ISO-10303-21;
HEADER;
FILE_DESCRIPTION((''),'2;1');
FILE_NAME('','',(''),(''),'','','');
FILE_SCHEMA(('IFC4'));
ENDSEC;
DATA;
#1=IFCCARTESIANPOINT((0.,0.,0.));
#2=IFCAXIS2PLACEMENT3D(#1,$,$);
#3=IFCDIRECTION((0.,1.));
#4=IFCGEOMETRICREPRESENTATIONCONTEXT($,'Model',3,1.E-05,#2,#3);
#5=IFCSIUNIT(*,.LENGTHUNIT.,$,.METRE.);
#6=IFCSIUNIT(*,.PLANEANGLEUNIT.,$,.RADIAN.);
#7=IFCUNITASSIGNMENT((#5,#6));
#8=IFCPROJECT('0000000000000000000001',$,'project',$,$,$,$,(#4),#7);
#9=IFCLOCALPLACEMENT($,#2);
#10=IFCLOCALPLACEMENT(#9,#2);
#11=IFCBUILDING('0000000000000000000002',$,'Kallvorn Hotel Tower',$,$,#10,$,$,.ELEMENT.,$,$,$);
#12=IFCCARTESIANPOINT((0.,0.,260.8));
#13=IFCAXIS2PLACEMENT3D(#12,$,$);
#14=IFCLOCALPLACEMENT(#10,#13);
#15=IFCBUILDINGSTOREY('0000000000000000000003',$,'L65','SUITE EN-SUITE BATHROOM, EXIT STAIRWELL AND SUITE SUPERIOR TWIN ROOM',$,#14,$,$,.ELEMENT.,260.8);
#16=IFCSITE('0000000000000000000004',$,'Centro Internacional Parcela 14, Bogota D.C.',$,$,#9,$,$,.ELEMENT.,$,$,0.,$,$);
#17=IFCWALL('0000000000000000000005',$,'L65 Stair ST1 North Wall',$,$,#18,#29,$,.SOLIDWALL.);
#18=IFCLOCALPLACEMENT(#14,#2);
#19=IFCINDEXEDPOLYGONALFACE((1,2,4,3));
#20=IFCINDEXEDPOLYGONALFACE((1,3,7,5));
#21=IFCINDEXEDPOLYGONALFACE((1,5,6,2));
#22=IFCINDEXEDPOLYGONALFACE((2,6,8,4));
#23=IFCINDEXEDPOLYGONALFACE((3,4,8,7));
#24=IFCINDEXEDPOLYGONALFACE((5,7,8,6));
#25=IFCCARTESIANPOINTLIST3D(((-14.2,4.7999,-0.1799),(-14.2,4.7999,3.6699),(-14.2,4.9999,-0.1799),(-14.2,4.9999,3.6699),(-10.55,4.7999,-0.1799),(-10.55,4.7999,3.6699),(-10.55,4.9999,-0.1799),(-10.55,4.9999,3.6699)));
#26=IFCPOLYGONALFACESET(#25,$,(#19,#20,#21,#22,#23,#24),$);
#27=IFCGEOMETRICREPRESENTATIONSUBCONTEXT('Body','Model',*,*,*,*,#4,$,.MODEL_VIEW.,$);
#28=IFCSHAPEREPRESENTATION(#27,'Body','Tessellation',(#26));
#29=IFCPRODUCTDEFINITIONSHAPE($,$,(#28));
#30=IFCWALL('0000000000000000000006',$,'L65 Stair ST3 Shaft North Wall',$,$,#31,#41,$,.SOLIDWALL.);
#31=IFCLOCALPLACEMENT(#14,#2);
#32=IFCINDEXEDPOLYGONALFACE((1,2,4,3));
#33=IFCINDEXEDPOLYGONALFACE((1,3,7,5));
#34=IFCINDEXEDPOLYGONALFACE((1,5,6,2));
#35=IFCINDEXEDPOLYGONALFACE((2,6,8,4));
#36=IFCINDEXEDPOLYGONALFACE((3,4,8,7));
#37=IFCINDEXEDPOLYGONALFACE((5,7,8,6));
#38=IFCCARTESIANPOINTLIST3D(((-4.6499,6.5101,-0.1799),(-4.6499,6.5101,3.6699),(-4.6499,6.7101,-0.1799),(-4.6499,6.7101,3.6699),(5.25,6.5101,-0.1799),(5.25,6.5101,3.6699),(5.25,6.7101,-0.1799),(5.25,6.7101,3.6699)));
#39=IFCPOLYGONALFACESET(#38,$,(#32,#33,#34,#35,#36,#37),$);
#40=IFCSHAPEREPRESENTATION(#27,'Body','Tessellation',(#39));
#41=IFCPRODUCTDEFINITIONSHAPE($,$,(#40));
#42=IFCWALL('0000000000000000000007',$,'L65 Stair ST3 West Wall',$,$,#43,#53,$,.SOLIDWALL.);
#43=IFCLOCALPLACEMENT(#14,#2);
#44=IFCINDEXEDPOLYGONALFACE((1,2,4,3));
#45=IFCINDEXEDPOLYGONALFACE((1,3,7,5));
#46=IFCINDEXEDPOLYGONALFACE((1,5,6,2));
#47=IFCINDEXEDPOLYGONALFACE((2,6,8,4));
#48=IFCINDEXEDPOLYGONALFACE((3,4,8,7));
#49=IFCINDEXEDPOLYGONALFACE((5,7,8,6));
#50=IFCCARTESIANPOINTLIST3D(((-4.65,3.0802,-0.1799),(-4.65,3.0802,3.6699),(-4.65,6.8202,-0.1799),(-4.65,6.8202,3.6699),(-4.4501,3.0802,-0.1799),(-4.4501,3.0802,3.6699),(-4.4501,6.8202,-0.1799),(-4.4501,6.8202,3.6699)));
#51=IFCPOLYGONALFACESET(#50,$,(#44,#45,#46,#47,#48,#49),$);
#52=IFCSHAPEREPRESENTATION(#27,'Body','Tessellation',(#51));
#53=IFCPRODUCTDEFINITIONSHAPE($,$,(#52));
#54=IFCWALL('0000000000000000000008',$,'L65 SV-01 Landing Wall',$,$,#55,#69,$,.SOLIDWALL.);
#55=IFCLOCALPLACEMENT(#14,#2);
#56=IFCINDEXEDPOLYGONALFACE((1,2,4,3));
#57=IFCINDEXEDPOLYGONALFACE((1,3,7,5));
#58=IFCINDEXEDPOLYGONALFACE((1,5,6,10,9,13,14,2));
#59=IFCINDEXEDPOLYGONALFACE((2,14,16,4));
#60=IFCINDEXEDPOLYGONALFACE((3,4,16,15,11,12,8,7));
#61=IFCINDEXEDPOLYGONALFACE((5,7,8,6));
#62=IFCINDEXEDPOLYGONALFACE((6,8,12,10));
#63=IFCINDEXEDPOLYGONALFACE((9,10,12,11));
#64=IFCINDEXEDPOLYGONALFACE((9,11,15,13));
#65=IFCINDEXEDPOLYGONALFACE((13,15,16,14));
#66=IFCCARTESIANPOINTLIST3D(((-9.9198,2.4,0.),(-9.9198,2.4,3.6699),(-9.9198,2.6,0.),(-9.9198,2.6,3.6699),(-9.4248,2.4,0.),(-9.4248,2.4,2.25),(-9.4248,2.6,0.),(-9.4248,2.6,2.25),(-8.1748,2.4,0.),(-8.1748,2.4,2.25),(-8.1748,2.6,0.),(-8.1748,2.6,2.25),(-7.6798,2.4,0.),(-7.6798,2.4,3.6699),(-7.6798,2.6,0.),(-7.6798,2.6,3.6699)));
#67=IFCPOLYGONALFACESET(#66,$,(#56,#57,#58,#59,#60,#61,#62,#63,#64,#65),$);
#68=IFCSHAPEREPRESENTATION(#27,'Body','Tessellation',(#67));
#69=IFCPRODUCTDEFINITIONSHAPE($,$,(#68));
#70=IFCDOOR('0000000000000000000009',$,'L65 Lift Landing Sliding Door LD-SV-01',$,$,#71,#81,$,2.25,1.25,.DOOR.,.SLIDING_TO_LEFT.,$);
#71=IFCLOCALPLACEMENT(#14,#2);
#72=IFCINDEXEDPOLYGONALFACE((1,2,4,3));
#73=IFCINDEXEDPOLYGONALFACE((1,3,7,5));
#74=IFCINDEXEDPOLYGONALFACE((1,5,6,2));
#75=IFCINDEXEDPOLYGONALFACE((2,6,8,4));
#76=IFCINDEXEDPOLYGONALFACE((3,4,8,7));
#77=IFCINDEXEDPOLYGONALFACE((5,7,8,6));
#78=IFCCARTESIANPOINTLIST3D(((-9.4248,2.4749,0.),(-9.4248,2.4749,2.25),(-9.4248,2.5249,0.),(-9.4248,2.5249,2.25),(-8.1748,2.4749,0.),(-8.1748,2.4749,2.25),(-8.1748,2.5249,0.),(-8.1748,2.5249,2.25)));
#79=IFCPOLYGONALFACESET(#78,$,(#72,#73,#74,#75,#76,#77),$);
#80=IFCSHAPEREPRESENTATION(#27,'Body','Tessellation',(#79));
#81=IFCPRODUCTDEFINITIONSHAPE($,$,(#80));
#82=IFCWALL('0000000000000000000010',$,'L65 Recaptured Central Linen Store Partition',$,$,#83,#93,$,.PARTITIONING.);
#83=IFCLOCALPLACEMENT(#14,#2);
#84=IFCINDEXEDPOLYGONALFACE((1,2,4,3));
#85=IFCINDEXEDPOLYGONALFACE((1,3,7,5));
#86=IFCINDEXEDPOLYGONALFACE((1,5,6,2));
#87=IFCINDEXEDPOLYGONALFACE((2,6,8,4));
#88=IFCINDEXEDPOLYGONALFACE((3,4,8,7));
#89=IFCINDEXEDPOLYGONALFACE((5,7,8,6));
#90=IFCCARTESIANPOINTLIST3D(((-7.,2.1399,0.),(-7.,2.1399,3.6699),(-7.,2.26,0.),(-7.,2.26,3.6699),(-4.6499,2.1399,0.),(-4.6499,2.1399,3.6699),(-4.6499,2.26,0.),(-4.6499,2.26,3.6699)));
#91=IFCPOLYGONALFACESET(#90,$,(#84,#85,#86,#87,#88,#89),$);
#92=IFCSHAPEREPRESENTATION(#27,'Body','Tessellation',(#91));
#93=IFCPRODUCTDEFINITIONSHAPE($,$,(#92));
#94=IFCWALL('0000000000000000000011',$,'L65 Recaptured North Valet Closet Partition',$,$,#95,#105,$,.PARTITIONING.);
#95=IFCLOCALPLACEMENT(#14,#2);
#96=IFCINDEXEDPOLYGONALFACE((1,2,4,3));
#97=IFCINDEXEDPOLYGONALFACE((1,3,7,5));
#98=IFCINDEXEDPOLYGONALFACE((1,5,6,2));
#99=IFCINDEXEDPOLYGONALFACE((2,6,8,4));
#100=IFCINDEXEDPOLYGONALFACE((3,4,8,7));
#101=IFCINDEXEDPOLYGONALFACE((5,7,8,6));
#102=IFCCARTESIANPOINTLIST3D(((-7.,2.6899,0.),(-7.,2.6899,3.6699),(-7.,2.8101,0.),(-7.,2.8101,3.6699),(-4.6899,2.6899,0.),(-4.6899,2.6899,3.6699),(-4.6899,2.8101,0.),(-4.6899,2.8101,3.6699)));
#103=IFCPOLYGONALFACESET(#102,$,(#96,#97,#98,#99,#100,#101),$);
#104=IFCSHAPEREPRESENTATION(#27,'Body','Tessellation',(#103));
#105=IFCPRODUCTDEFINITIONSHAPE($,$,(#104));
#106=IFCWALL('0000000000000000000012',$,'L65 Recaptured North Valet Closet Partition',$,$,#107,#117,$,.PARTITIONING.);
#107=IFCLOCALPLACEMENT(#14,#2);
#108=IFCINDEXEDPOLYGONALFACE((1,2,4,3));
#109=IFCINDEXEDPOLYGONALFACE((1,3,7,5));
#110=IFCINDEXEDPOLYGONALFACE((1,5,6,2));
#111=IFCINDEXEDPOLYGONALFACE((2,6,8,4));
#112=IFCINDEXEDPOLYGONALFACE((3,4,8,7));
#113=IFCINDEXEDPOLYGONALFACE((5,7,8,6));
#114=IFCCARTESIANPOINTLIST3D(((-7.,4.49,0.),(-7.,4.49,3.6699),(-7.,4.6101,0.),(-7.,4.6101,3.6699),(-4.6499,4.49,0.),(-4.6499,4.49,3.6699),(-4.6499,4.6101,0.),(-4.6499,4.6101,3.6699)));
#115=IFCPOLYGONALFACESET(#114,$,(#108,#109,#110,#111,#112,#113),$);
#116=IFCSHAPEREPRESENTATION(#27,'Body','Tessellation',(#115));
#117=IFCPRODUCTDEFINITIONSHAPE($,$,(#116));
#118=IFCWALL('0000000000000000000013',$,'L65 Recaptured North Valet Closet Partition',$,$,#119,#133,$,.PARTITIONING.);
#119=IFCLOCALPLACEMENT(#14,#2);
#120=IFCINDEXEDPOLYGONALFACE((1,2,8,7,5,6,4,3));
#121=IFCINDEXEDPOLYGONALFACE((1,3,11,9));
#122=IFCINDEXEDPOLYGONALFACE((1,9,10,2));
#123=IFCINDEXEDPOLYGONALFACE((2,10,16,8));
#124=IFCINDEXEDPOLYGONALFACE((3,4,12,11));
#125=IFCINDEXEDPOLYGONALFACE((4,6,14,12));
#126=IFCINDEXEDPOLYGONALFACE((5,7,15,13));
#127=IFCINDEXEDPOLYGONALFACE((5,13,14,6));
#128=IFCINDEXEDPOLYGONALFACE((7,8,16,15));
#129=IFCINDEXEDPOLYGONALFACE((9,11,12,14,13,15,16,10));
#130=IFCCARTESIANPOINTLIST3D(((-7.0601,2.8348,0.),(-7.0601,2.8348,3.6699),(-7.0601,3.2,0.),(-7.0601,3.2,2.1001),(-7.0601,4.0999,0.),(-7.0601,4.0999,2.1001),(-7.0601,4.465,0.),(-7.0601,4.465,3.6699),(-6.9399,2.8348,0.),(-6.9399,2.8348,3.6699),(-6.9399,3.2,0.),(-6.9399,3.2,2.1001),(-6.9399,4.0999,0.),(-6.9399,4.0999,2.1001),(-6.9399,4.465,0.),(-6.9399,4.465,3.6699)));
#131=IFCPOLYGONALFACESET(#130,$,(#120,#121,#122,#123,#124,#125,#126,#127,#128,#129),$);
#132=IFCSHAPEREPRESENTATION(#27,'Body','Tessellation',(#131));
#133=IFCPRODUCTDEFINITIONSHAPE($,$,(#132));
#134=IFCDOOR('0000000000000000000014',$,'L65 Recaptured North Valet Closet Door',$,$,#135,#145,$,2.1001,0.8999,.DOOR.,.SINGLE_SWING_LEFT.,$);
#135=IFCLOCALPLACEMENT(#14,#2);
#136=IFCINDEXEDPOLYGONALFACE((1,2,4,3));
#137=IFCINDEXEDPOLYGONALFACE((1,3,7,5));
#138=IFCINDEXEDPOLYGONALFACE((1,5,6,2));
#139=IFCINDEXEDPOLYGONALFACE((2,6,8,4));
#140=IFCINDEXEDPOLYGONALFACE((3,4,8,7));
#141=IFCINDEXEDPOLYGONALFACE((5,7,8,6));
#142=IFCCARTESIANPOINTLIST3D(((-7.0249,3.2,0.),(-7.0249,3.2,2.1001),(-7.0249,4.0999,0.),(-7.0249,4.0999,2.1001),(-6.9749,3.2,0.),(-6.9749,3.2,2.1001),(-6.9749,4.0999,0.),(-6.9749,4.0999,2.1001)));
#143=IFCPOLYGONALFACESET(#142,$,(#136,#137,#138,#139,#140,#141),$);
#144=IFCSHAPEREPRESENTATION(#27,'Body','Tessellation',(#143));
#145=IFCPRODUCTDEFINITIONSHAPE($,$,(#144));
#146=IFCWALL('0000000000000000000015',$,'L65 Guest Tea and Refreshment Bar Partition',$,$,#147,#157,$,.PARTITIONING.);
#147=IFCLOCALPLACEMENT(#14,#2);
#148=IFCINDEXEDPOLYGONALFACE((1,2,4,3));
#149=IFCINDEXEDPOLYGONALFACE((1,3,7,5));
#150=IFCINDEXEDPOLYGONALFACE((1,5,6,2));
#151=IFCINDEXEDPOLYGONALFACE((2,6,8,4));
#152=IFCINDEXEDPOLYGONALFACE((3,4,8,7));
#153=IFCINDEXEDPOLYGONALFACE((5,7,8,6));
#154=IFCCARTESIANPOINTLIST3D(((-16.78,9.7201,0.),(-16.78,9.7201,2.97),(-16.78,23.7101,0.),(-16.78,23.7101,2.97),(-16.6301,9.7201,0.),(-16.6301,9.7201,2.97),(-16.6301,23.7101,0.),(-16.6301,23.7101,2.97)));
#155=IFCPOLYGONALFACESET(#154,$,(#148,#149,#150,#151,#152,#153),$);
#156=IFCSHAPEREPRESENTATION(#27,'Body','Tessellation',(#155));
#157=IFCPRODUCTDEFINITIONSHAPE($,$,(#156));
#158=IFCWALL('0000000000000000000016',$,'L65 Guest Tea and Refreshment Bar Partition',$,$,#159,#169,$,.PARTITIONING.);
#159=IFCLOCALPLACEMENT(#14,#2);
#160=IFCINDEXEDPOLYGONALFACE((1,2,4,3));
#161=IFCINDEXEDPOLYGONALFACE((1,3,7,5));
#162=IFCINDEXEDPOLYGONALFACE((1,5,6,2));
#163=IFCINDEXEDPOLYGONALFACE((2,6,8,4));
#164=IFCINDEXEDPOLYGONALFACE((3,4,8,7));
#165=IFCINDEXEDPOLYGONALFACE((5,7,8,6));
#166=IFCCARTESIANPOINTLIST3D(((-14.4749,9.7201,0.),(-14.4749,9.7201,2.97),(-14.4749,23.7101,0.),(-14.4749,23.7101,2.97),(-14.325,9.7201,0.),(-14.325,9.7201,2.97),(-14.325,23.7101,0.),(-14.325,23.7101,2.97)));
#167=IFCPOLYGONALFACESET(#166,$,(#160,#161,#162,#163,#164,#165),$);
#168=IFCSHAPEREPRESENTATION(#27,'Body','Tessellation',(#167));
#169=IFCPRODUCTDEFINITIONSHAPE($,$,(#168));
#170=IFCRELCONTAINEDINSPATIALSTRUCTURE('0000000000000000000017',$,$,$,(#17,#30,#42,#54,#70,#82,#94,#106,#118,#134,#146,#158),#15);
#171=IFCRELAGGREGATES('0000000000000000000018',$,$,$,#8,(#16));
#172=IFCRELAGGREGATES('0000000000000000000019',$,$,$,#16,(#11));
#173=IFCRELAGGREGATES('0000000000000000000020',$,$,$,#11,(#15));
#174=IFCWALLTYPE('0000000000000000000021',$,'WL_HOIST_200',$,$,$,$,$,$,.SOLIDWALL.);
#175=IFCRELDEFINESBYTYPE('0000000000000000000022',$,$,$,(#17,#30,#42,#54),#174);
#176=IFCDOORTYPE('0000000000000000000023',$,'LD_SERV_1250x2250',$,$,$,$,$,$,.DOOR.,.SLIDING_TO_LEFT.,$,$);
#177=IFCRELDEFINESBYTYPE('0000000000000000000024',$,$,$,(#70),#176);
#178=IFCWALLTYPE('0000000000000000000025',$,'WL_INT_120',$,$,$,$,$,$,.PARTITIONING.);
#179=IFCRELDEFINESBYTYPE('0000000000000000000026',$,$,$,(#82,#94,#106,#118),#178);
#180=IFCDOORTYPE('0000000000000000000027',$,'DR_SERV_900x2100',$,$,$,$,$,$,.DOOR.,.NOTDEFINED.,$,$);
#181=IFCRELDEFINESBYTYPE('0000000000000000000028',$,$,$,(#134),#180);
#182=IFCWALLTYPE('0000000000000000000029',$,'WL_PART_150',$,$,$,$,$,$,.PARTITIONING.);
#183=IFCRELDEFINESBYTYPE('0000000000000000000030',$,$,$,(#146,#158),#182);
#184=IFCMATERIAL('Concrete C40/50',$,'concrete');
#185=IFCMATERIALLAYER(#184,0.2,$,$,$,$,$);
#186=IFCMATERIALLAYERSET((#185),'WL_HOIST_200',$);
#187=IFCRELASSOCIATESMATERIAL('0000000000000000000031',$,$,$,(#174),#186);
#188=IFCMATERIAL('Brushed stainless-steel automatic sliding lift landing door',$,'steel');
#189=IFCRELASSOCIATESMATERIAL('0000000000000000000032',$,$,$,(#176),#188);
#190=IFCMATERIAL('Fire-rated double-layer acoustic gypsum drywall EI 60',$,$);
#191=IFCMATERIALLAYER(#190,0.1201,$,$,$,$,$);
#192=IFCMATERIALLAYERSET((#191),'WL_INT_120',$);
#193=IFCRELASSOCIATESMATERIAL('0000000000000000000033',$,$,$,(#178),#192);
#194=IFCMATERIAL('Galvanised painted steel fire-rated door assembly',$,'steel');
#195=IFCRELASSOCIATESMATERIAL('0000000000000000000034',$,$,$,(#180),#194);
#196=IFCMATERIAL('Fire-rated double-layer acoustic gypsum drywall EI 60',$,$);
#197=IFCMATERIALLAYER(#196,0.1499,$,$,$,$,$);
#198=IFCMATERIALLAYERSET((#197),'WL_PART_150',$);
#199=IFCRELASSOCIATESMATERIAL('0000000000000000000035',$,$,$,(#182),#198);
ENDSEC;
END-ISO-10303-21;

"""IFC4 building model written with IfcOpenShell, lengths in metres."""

from ifc_helpers import new_model, si_unit, direction, frame, frame_2d, origin, place, context, subcontext, project, spatial, rectangle, extrude, material, layer, layer_set, type_object, element, fill, save


model = new_model("IFC4")

# Units and contexts
model_context = context("Model", 3, precision=1e-05, world=origin(), true_north=direction((0.0, 1.0)))
body_context = subcontext(model_context, "Body", "Model", "MODEL_VIEW")
ifc_project = project(units=[si_unit("LENGTHUNIT", "METRE"), si_unit("PLANEANGLEUNIT", "RADIAN")], contexts=[model_context])

# Site, building, storey
site_placement = place(None, origin())
site = spatial("IfcSite", under=ifc_project, at=site_placement, Name="Centro Internacional Parcela 14, Bogota D.C.", CompositionType="ELEMENT", RefElevation=0.0)
building_placement = place(site_placement, origin())
building = spatial("IfcBuilding", under=site, at=building_placement, Name="Kallvorn Hotel Tower", CompositionType="ELEMENT")
storey_placement = place(building_placement, frame((0.0, 0.0, 260.8)))
storey = spatial("IfcBuildingStorey", under=building, at=storey_placement, Name="L65", Description="SUITE EN-SUITE BATHROOM, EXIT STAIRWELL AND SUITE SUPERIOR TWIN ROOM", CompositionType="ELEMENT", Elevation=260.8)

# Walls
ifc_material_1 = material(Name="Concrete C40/50", Category="concrete")
ifc_layer_1 = layer(ifc_material_1, 0.2)
ifc_layer_set_1 = layer_set([ifc_layer_1], Name="WL_HOIST_200")
wall_type_1 = type_object("IfcWallType", Name="WL_HOIST_200", PredefinedType="SOLIDWALL", material=ifc_layer_set_1)
wall_1_placement = place(storey_placement, frame((-14.2, 4.8999, -0.1799), z_axis=(0.0, 0.0, 1.0), x_axis=(1.0, 0.0, 0.0)))
element("IfcWall", 1, at=wall_1_placement, inside=storey, type_object=wall_type_1, Name="L65 Stair ST1 North Wall", PredefinedType="SOLIDWALL", context=body_context, shape_type="SweptSolid", body=[
    extrude(rectangle(XDim=3.6499, YDim=0.2, at=frame_2d((1.825, 0.0))), origin(), (0.0, 0.0, 1.0), 3.8499),
])
wall_2_placement = place(storey_placement, frame((-4.6499, 6.6101, -0.1799), z_axis=(0.0, 0.0, 1.0), x_axis=(1.0, 0.0, 0.0)))
element("IfcWall", 2, at=wall_2_placement, inside=storey, type_object=wall_type_1, Name="L65 Stair ST3 Shaft North Wall", PredefinedType="SOLIDWALL", context=body_context, shape_type="SweptSolid", body=[
    extrude(rectangle(XDim=9.8999, YDim=0.2, at=frame_2d((4.95, 0.0))), origin(), (0.0, 0.0, 1.0), 3.8499),
])
wall_3_placement = place(storey_placement, frame((-4.55, 3.0801, -0.1799), z_axis=(0.0, 0.0, 1.0), x_axis=(0.0, 1.0, 0.0)))
element("IfcWall", 3, at=wall_3_placement, inside=storey, type_object=wall_type_1, Name="L65 Stair ST3 West Wall", PredefinedType="SOLIDWALL", context=body_context, shape_type="SweptSolid", body=[
    extrude(rectangle(XDim=3.74, YDim=0.2, at=frame_2d((1.8701, 0.0))), origin(), (0.0, 0.0, 1.0), 3.8499),
])

# Wall, opening, door
wall_4_placement = place(storey_placement, frame((-9.9199, 2.5, 0.0), z_axis=(0.0, 0.0, 1.0), x_axis=(1.0, 0.0, 0.0)))
wall_4 = element("IfcWall", 4, at=wall_4_placement, inside=storey, type_object=wall_type_1, Name="L65 SV-01 Landing Wall", PredefinedType="SOLIDWALL", context=body_context, shape_type="SweptSolid", body=[
    extrude(rectangle(XDim=2.24, YDim=0.2, at=frame_2d((1.1201, 0.0))), origin(), (0.0, 0.0, 1.0), 3.6699),
])
opening_1_placement = place(wall_4_placement, frame((0.4951, 0.0, 0.0)))
opening_1 = element("IfcOpeningElement", 5, at=opening_1_placement, cuts=wall_4, PredefinedType="OPENING", context=body_context, shape_type="SweptSolid", body=[
    extrude(rectangle(XDim=1.25, YDim=2.25, at=frame_2d((0.625, 1.125))), frame((0.0, 0.115, 0.0), z_axis=(0.0, -1.0, 0.0), x_axis=(1.0, 0.0, 0.0)), (0.0, 0.0, 1.0), 0.23),
])
ifc_material_2 = material(Name="Brushed stainless-steel automatic sliding lift landing door", Category="steel")
door_type_1 = type_object("IfcDoorType", Name="LD_SERV_1250x2250", OperationType="SLIDING_TO_LEFT", PredefinedType="DOOR", material=ifc_material_2)
door_1_placement = place(opening_1_placement, origin())
door_1 = element("IfcDoor", 6, at=door_1_placement, inside=storey, type_object=door_type_1, Name="L65 Lift Landing Sliding Door LD-SV-01", OperationType="SLIDING_TO_LEFT", OverallHeight=2.25, OverallWidth=1.25, PredefinedType="DOOR", context=body_context, shape_type="SweptSolid", body=[
    extrude(rectangle(XDim=1.25, YDim=2.25, at=frame_2d((0.625, 1.125))), frame((0.0, 0.0249, 0.0), z_axis=(0.0, -1.0, 0.0), x_axis=(1.0, 0.0, 0.0)), (0.0, 0.0, 1.0), 0.05),
])
fill(opening_1, door_1)

# Walls
ifc_material_3 = material(Name="Fire-rated double-layer acoustic gypsum drywall EI 60")
ifc_layer_2 = layer(ifc_material_3, 0.1201)
ifc_layer_set_2 = layer_set([ifc_layer_2], Name="WL_INT_120")
wall_type_2 = type_object("IfcWallType", Name="WL_INT_120", PredefinedType="PARTITIONING", material=ifc_layer_set_2)
wall_5_placement = place(storey_placement, frame((-7.0, 2.2, 0.0), z_axis=(0.0, 0.0, 1.0), x_axis=(1.0, 0.0, 0.0)))
element("IfcWall", 7, at=wall_5_placement, inside=storey, type_object=wall_type_2, Name="L65 Recaptured Central Linen Store Partition", PredefinedType="PARTITIONING", context=body_context, shape_type="SweptSolid", body=[
    extrude(rectangle(XDim=2.3501, YDim=0.1201, at=frame_2d((1.175, 0.0))), origin(), (0.0, 0.0, 1.0), 3.6699),
])
wall_6_placement = place(storey_placement, frame((-7.0, 2.75, 0.0), z_axis=(0.0, 0.0, 1.0), x_axis=(1.0, 0.0, 0.0)))
element("IfcWall", 8, at=wall_6_placement, inside=storey, type_object=wall_type_2, Name="L65 Recaptured North Valet Closet Partition", PredefinedType="PARTITIONING", context=body_context, shape_type="SweptSolid", body=[
    extrude(rectangle(XDim=2.3101, YDim=0.1201, at=frame_2d((1.155, 0.0))), origin(), (0.0, 0.0, 1.0), 3.6699),
])
wall_7_placement = place(storey_placement, frame((-7.0, 4.55, 0.0), z_axis=(0.0, 0.0, 1.0), x_axis=(1.0, 0.0, 0.0)))
element("IfcWall", 9, at=wall_7_placement, inside=storey, type_object=wall_type_2, Name="L65 Recaptured North Valet Closet Partition", PredefinedType="PARTITIONING", context=body_context, shape_type="SweptSolid", body=[
    extrude(rectangle(XDim=2.3501, YDim=0.1201, at=frame_2d((1.175, 0.0))), origin(), (0.0, 0.0, 1.0), 3.6699),
])

# Wall, opening, door
wall_8_placement = place(storey_placement, frame((-7.0, 2.835, 0.0), z_axis=(0.0, 0.0, 1.0), x_axis=(0.0, 1.0, 0.0)))
wall_8 = element("IfcWall", 10, at=wall_8_placement, inside=storey, type_object=wall_type_2, Name="L65 Recaptured North Valet Closet Partition", PredefinedType="PARTITIONING", context=body_context, shape_type="SweptSolid", body=[
    extrude(rectangle(XDim=1.6301, YDim=0.1201, at=frame_2d((0.8149, 0.0))), origin(), (0.0, 0.0, 1.0), 3.6699),
])
opening_2_placement = place(wall_8_placement, frame((0.365, 0.0, 0.0)))
opening_2 = element("IfcOpeningElement", 11, at=opening_2_placement, cuts=wall_8, PredefinedType="OPENING", context=body_context, shape_type="SweptSolid", body=[
    extrude(rectangle(XDim=0.8999, YDim=2.1001, at=frame_2d((0.45, 1.05))), frame((0.0, 0.075, 0.0), z_axis=(0.0, -1.0, 0.0), x_axis=(1.0, 0.0, 0.0)), (0.0, 0.0, 1.0), 0.1501),
])
ifc_material_4 = material(Name="Galvanised painted steel fire-rated door assembly", Category="steel")
door_type_2 = type_object("IfcDoorType", Name="DR_SERV_900x2100", OperationType="NOTDEFINED", PredefinedType="DOOR", material=ifc_material_4)
door_2_placement = place(opening_2_placement, origin())
door_2 = element("IfcDoor", 12, at=door_2_placement, inside=storey, type_object=door_type_2, Name="L65 Recaptured North Valet Closet Door", OperationType="SINGLE_SWING_LEFT", OverallHeight=2.1001, OverallWidth=0.8999, PredefinedType="DOOR", context=body_context, shape_type="SweptSolid", body=[
    extrude(rectangle(XDim=0.8999, YDim=2.1001, at=frame_2d((0.45, 1.05))), frame((0.0, 0.0249, 0.0), z_axis=(0.0, -1.0, 0.0), x_axis=(1.0, 0.0, 0.0)), (0.0, 0.0, 1.0), 0.05),
])
fill(opening_2, door_2)

# Walls
ifc_material_5 = material(Name="Fire-rated double-layer acoustic gypsum drywall EI 60")
ifc_layer_3 = layer(ifc_material_5, 0.1499)
ifc_layer_set_3 = layer_set([ifc_layer_3], Name="WL_PART_150")
wall_type_3 = type_object("IfcWallType", Name="WL_PART_150", PredefinedType="PARTITIONING", material=ifc_layer_set_3)
for number, where, z_axis, x_axis, name in (
    (13, (-16.7051, 9.72, 0.0), (0.0, 0.0, 1.0), (0.0, 1.0, 0.0), "L65 Guest Tea and Refreshment Bar Partition"),
    (14, (-14.3999, 9.72, 0.0), (0.0, 0.0, 1.0), (0.0, 1.0, 0.0), "L65 Guest Tea and Refreshment Bar Partition"),
):
    element("IfcWall", number, at=place(storey_placement, frame(where, z_axis=z_axis, x_axis=x_axis)), inside=storey, type_object=wall_type_3, Name=name, PredefinedType="PARTITIONING", context=body_context, shape_type="SweptSolid", body=[
        extrude(rectangle(XDim=13.99, YDim=0.1499, at=frame_2d((6.9951, 0.0))), origin(), (0.0, 0.0, 1.0), 2.97),
    ])

save(model, "model.ifc")
